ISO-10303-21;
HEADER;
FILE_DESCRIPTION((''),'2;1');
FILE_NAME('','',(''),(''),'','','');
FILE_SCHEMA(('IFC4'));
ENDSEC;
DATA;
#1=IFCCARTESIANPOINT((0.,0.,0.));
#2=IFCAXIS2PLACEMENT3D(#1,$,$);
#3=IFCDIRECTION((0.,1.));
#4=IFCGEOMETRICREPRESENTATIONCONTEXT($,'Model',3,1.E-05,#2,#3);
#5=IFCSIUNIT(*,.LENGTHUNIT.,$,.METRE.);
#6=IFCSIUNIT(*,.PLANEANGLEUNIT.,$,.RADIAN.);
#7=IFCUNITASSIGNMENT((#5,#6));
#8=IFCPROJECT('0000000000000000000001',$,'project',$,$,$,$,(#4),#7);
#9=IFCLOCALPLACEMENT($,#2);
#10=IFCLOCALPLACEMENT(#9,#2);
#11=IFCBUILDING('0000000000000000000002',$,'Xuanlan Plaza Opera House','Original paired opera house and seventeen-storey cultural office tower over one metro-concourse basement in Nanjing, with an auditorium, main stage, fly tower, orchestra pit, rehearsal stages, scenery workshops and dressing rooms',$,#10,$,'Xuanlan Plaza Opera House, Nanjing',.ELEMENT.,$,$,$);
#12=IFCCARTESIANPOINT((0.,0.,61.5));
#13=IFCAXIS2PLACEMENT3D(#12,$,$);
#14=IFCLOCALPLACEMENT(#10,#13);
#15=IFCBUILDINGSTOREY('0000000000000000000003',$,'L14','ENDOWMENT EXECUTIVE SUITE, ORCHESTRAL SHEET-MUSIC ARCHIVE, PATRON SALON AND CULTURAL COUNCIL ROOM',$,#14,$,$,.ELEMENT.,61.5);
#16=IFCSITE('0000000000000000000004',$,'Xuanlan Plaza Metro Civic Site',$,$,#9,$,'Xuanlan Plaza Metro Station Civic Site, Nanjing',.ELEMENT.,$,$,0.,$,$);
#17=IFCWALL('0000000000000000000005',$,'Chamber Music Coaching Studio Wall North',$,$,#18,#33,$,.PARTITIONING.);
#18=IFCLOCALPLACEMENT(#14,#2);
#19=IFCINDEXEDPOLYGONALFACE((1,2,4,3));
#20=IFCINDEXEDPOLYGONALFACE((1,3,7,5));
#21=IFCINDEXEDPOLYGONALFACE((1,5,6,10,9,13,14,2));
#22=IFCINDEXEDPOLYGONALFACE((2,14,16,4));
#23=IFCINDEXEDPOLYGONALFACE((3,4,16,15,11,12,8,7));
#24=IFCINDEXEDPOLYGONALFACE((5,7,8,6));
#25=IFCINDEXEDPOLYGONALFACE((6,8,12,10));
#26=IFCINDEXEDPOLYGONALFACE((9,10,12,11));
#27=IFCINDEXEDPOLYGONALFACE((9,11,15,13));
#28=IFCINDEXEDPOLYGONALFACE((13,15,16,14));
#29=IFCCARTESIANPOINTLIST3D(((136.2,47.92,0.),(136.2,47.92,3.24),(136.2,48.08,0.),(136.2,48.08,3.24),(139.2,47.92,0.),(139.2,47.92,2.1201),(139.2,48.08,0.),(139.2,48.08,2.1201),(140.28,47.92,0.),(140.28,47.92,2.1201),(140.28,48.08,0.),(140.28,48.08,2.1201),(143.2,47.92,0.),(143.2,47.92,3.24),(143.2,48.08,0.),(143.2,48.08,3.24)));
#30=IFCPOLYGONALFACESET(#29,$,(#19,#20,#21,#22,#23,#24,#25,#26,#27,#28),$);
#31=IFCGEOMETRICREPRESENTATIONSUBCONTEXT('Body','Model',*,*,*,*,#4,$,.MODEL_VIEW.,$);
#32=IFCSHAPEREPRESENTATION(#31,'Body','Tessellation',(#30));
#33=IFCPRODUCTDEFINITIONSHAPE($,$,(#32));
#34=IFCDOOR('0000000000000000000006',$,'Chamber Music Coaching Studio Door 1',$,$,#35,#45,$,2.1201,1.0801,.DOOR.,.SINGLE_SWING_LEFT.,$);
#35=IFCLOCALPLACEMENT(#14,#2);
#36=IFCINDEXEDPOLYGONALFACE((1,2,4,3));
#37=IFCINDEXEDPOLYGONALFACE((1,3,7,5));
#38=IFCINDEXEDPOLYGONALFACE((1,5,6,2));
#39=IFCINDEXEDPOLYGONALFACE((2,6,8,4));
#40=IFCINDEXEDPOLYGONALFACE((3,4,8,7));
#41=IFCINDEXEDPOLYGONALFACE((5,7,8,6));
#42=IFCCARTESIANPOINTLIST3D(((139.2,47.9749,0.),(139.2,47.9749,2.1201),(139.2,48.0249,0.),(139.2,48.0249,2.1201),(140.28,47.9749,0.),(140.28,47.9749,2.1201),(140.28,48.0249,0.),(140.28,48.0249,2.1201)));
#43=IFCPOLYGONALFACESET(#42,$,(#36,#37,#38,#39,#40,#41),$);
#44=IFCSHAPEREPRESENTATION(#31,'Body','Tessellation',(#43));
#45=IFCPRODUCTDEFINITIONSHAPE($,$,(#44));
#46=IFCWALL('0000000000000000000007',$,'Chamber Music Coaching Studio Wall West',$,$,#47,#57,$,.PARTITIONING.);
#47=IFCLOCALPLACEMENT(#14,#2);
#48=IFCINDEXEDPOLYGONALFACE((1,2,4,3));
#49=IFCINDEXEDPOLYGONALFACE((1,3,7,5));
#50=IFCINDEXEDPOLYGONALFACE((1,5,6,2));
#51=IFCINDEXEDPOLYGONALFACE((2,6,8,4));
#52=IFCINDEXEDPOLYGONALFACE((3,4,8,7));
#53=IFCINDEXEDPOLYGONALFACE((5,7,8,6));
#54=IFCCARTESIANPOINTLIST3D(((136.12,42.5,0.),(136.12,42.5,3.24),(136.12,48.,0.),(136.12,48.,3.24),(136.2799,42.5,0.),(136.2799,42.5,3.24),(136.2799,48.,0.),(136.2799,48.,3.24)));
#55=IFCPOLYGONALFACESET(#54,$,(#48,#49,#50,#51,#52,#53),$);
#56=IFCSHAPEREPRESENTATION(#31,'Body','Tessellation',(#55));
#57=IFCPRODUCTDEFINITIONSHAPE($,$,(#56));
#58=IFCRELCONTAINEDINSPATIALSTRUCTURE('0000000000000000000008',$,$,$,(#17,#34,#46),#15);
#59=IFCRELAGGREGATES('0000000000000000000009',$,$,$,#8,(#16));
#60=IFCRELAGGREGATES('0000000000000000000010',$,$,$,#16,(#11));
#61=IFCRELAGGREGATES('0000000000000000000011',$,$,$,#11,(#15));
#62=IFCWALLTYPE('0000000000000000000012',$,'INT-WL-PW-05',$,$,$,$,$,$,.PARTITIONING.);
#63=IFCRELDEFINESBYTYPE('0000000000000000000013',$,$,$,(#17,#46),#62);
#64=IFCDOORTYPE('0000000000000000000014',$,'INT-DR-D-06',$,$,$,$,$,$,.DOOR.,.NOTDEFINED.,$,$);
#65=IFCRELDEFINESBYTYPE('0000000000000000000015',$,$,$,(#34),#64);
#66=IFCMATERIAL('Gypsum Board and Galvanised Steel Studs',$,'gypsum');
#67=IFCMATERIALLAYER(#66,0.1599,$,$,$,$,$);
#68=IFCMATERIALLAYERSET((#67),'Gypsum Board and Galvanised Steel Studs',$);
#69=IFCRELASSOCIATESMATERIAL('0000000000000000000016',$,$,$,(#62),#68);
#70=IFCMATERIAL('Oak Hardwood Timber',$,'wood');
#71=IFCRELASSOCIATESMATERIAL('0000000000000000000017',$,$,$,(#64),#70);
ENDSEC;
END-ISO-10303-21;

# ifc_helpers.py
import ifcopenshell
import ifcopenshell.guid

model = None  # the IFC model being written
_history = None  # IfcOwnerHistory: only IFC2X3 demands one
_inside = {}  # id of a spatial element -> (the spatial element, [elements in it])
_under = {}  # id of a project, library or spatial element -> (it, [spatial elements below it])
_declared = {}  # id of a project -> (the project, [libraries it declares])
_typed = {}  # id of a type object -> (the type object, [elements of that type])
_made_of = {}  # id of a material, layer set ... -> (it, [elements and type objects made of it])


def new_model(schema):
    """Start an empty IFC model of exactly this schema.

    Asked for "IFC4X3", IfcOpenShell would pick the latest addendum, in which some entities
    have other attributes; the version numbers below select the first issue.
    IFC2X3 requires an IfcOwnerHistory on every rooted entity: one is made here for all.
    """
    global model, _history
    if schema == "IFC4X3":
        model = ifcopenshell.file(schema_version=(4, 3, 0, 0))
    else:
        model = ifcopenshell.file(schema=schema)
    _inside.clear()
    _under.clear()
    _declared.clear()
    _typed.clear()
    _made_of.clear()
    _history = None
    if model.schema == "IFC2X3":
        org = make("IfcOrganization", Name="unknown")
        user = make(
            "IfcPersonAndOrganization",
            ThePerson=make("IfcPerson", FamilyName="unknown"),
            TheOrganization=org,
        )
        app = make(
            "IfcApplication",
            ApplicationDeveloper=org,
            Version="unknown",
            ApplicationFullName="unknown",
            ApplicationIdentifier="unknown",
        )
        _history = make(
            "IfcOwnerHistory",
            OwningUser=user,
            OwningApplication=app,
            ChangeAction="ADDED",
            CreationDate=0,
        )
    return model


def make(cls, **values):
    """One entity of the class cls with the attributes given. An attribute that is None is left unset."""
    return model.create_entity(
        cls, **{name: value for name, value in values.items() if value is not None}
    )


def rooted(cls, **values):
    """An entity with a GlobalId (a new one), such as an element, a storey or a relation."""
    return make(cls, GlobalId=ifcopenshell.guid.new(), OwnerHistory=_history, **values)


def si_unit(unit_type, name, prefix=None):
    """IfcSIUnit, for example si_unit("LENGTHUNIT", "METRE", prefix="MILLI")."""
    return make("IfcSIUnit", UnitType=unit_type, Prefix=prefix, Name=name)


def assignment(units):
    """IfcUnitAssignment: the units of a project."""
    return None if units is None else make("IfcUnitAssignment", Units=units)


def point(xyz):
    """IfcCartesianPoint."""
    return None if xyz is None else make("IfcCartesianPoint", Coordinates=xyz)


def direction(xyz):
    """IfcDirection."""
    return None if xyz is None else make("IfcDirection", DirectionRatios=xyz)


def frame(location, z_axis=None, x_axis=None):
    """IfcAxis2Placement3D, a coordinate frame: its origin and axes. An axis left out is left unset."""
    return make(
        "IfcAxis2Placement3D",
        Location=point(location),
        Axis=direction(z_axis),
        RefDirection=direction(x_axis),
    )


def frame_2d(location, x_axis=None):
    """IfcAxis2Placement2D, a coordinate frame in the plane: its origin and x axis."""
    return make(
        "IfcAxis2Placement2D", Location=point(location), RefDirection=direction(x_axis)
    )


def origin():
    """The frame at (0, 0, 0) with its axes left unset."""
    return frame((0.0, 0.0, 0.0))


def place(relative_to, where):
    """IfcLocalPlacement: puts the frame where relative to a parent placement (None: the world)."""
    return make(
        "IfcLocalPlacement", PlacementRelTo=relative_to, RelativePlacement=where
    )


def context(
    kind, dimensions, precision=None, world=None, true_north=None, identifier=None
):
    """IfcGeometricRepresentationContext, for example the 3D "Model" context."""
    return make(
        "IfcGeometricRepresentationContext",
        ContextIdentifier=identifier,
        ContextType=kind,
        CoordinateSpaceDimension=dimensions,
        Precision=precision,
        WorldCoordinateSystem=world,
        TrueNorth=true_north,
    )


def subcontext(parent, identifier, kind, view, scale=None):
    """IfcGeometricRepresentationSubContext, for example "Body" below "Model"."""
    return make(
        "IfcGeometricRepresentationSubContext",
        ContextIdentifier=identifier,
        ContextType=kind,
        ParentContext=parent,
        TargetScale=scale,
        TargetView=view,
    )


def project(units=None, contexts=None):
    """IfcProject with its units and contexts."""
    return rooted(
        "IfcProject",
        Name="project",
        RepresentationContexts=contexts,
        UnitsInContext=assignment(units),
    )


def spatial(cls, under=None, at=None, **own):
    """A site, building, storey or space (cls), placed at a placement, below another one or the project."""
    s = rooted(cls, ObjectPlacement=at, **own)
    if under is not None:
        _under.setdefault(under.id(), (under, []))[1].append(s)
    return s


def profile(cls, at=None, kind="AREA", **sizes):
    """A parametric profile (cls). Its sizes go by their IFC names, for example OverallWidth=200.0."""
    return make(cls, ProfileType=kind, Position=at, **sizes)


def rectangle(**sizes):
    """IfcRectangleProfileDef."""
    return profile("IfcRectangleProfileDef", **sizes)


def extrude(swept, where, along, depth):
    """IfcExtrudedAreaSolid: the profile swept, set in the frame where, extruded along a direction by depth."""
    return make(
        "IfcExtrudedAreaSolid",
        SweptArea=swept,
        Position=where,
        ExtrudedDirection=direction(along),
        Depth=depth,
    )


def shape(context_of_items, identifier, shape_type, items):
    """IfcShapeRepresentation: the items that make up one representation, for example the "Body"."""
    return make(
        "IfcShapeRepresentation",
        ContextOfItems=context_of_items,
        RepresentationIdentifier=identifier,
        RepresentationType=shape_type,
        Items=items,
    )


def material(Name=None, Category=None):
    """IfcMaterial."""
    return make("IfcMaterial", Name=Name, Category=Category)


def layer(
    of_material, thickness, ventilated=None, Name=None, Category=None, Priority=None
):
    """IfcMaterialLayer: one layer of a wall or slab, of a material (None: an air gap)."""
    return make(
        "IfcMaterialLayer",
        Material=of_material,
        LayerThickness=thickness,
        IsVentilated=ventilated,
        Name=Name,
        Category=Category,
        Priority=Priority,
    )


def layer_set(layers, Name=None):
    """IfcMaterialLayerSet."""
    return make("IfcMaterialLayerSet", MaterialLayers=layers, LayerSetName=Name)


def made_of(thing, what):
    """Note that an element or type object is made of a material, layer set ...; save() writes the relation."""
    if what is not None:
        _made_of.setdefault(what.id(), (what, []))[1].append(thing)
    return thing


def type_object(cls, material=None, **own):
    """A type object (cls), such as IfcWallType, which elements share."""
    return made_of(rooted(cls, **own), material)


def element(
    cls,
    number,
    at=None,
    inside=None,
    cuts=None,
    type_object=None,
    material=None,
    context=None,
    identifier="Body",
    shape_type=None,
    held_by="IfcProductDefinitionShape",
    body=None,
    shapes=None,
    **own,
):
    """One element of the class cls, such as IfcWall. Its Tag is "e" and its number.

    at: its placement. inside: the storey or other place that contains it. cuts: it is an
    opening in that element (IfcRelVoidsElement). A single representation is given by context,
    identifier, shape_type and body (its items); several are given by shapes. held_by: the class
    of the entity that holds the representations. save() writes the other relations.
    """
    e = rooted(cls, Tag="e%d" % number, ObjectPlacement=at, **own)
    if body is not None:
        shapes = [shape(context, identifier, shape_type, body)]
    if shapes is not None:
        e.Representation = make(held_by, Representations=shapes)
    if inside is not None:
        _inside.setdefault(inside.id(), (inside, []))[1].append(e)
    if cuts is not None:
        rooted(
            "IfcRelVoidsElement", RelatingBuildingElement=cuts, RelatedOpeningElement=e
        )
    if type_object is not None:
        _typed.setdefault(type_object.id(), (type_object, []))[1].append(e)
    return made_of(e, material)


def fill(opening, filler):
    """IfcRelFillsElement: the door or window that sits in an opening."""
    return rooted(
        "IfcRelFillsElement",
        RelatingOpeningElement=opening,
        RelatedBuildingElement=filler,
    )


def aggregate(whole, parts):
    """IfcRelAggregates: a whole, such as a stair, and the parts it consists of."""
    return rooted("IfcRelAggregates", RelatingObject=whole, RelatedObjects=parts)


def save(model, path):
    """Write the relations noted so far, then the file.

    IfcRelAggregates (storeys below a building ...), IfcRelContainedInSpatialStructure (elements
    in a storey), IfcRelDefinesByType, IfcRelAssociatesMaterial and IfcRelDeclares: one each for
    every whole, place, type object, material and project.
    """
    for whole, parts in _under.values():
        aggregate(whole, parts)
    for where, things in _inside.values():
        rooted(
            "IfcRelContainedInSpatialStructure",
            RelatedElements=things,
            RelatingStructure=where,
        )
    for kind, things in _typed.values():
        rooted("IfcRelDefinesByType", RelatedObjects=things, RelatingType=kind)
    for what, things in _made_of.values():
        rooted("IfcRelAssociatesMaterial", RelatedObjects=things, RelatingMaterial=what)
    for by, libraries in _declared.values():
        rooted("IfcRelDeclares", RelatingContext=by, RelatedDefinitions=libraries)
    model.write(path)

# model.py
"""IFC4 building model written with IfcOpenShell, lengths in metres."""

from ifc_helpers import new_model, si_unit, direction, frame, frame_2d, origin, place, context, subcontext, project, spatial, rectangle, extrude, material, layer, layer_set, type_object, element, fill, save


model = new_model("IFC4")

# Units and contexts
model_context = context("Model", 3, precision=1e-05, world=origin(), true_north=direction((0.0, 1.0)))
body_context = subcontext(model_context, "Body", "Model", "MODEL_VIEW")
ifc_project = project(units=[si_unit("LENGTHUNIT", "METRE"), si_unit("PLANEANGLEUNIT", "RADIAN")], contexts=[model_context])

# Site, building, storey
site_placement = place(None, origin())
site = spatial("IfcSite", under=ifc_project, at=site_placement, Name="Xuanlan Plaza Metro Civic Site", LongName="Xuanlan Plaza Metro Station Civic Site, Nanjing", CompositionType="ELEMENT", RefElevation=0.0)
building_placement = place(site_placement, origin())
building = spatial("IfcBuilding", under=site, at=building_placement, Name="Xuanlan Plaza Opera House", Description="Original paired opera house and seventeen-storey cultural office tower over one metro-concourse basement in Nanjing, with an auditorium, main stage, fly tower, orchestra pit, rehearsal stages, scenery workshops and dressing rooms", LongName="Xuanlan Plaza Opera House, Nanjing", CompositionType="ELEMENT")
storey_placement = place(building_placement, frame((0.0, 0.0, 61.5)))
storey = spatial("IfcBuildingStorey", under=building, at=storey_placement, Name="L14", Description="ENDOWMENT EXECUTIVE SUITE, ORCHESTRAL SHEET-MUSIC ARCHIVE, PATRON SALON AND CULTURAL COUNCIL ROOM", CompositionType="ELEMENT", Elevation=61.5)

# Shared definitions
ifc_material_1 = material(Name="Gypsum Board and Galvanised Steel Studs", Category="gypsum")

# Shared definitions
ifc_layer_1 = layer(ifc_material_1, 0.1599)
ifc_layer_set_1 = layer_set([ifc_layer_1], Name="Gypsum Board and Galvanised Steel Studs")
wall_type_1 = type_object("IfcWallType", Name="INT-WL-PW-05", PredefinedType="PARTITIONING", material=ifc_layer_set_1)

# Wall, opening, door
wall_1_placement = place(storey_placement, frame((136.2, 48.0, 0.0), z_axis=(0.0, 0.0, 1.0), x_axis=(1.0, 0.0, 0.0)))
wall_1 = element("IfcWall", 1, at=wall_1_placement, inside=storey, type_object=wall_type_1, Name="Chamber Music Coaching Studio Wall North", PredefinedType="PARTITIONING", context=body_context, shape_type="SweptSolid", body=[
    extrude(rectangle(XDim=7.0, YDim=0.1599, at=frame_2d((3.5, 0.0))), origin(), (0.0, 0.0, 1.0), 3.24),
])
opening_1_placement = place(wall_1_placement, frame((3.0, 0.0, 0.0)))
opening_1 = element("IfcOpeningElement", 2, at=opening_1_placement, cuts=wall_1, PredefinedType="OPENING", context=body_context, shape_type="SweptSolid", body=[
    extrude(rectangle(XDim=1.0801, YDim=2.1201, at=frame_2d((0.54, 1.0601))), frame((0.0, 0.0898, 0.0), z_axis=(0.0, -1.0, 0.0), x_axis=(1.0, 0.0, 0.0)), (0.0, 0.0, 1.0), 0.1799),
])
ifc_material_2 = material(Name="Oak Hardwood Timber", Category="wood")
door_type_1 = type_object("IfcDoorType", Name="INT-DR-D-06", OperationType="NOTDEFINED", PredefinedType="DOOR", material=ifc_material_2)
door_1_placement = place(opening_1_placement, origin())
door_1 = element("IfcDoor", 3, at=door_1_placement, inside=storey, type_object=door_type_1, Name="Chamber Music Coaching Studio Door 1", OperationType="SINGLE_SWING_LEFT", OverallHeight=2.1201, OverallWidth=1.0801, PredefinedType="DOOR", context=body_context, shape_type="SweptSolid", body=[
    extrude(rectangle(XDim=1.0801, YDim=2.1201, at=frame_2d((0.54, 1.0601))), frame((0.0, 0.0249, 0.0), z_axis=(0.0, -1.0, 0.0), x_axis=(1.0, 0.0, 0.0)), (0.0, 0.0, 1.0), 0.05),
])
fill(opening_1, door_1)

# Wall
wall_2_placement = place(storey_placement, frame((136.2, 42.5, 0.0), z_axis=(0.0, 0.0, 1.0), x_axis=(0.0, 1.0, 0.0)))
element("IfcWall", 4, at=wall_2_placement, inside=storey, type_object=wall_type_1, Name="Chamber Music Coaching Studio Wall West", PredefinedType="PARTITIONING", context=body_context, shape_type="SweptSolid", body=[
    extrude(rectangle(XDim=5.5, YDim=0.1599, at=frame_2d((2.75, 0.0))), origin(), (0.0, 0.0, 1.0), 3.24),
])

save(model, "model.ifc")
